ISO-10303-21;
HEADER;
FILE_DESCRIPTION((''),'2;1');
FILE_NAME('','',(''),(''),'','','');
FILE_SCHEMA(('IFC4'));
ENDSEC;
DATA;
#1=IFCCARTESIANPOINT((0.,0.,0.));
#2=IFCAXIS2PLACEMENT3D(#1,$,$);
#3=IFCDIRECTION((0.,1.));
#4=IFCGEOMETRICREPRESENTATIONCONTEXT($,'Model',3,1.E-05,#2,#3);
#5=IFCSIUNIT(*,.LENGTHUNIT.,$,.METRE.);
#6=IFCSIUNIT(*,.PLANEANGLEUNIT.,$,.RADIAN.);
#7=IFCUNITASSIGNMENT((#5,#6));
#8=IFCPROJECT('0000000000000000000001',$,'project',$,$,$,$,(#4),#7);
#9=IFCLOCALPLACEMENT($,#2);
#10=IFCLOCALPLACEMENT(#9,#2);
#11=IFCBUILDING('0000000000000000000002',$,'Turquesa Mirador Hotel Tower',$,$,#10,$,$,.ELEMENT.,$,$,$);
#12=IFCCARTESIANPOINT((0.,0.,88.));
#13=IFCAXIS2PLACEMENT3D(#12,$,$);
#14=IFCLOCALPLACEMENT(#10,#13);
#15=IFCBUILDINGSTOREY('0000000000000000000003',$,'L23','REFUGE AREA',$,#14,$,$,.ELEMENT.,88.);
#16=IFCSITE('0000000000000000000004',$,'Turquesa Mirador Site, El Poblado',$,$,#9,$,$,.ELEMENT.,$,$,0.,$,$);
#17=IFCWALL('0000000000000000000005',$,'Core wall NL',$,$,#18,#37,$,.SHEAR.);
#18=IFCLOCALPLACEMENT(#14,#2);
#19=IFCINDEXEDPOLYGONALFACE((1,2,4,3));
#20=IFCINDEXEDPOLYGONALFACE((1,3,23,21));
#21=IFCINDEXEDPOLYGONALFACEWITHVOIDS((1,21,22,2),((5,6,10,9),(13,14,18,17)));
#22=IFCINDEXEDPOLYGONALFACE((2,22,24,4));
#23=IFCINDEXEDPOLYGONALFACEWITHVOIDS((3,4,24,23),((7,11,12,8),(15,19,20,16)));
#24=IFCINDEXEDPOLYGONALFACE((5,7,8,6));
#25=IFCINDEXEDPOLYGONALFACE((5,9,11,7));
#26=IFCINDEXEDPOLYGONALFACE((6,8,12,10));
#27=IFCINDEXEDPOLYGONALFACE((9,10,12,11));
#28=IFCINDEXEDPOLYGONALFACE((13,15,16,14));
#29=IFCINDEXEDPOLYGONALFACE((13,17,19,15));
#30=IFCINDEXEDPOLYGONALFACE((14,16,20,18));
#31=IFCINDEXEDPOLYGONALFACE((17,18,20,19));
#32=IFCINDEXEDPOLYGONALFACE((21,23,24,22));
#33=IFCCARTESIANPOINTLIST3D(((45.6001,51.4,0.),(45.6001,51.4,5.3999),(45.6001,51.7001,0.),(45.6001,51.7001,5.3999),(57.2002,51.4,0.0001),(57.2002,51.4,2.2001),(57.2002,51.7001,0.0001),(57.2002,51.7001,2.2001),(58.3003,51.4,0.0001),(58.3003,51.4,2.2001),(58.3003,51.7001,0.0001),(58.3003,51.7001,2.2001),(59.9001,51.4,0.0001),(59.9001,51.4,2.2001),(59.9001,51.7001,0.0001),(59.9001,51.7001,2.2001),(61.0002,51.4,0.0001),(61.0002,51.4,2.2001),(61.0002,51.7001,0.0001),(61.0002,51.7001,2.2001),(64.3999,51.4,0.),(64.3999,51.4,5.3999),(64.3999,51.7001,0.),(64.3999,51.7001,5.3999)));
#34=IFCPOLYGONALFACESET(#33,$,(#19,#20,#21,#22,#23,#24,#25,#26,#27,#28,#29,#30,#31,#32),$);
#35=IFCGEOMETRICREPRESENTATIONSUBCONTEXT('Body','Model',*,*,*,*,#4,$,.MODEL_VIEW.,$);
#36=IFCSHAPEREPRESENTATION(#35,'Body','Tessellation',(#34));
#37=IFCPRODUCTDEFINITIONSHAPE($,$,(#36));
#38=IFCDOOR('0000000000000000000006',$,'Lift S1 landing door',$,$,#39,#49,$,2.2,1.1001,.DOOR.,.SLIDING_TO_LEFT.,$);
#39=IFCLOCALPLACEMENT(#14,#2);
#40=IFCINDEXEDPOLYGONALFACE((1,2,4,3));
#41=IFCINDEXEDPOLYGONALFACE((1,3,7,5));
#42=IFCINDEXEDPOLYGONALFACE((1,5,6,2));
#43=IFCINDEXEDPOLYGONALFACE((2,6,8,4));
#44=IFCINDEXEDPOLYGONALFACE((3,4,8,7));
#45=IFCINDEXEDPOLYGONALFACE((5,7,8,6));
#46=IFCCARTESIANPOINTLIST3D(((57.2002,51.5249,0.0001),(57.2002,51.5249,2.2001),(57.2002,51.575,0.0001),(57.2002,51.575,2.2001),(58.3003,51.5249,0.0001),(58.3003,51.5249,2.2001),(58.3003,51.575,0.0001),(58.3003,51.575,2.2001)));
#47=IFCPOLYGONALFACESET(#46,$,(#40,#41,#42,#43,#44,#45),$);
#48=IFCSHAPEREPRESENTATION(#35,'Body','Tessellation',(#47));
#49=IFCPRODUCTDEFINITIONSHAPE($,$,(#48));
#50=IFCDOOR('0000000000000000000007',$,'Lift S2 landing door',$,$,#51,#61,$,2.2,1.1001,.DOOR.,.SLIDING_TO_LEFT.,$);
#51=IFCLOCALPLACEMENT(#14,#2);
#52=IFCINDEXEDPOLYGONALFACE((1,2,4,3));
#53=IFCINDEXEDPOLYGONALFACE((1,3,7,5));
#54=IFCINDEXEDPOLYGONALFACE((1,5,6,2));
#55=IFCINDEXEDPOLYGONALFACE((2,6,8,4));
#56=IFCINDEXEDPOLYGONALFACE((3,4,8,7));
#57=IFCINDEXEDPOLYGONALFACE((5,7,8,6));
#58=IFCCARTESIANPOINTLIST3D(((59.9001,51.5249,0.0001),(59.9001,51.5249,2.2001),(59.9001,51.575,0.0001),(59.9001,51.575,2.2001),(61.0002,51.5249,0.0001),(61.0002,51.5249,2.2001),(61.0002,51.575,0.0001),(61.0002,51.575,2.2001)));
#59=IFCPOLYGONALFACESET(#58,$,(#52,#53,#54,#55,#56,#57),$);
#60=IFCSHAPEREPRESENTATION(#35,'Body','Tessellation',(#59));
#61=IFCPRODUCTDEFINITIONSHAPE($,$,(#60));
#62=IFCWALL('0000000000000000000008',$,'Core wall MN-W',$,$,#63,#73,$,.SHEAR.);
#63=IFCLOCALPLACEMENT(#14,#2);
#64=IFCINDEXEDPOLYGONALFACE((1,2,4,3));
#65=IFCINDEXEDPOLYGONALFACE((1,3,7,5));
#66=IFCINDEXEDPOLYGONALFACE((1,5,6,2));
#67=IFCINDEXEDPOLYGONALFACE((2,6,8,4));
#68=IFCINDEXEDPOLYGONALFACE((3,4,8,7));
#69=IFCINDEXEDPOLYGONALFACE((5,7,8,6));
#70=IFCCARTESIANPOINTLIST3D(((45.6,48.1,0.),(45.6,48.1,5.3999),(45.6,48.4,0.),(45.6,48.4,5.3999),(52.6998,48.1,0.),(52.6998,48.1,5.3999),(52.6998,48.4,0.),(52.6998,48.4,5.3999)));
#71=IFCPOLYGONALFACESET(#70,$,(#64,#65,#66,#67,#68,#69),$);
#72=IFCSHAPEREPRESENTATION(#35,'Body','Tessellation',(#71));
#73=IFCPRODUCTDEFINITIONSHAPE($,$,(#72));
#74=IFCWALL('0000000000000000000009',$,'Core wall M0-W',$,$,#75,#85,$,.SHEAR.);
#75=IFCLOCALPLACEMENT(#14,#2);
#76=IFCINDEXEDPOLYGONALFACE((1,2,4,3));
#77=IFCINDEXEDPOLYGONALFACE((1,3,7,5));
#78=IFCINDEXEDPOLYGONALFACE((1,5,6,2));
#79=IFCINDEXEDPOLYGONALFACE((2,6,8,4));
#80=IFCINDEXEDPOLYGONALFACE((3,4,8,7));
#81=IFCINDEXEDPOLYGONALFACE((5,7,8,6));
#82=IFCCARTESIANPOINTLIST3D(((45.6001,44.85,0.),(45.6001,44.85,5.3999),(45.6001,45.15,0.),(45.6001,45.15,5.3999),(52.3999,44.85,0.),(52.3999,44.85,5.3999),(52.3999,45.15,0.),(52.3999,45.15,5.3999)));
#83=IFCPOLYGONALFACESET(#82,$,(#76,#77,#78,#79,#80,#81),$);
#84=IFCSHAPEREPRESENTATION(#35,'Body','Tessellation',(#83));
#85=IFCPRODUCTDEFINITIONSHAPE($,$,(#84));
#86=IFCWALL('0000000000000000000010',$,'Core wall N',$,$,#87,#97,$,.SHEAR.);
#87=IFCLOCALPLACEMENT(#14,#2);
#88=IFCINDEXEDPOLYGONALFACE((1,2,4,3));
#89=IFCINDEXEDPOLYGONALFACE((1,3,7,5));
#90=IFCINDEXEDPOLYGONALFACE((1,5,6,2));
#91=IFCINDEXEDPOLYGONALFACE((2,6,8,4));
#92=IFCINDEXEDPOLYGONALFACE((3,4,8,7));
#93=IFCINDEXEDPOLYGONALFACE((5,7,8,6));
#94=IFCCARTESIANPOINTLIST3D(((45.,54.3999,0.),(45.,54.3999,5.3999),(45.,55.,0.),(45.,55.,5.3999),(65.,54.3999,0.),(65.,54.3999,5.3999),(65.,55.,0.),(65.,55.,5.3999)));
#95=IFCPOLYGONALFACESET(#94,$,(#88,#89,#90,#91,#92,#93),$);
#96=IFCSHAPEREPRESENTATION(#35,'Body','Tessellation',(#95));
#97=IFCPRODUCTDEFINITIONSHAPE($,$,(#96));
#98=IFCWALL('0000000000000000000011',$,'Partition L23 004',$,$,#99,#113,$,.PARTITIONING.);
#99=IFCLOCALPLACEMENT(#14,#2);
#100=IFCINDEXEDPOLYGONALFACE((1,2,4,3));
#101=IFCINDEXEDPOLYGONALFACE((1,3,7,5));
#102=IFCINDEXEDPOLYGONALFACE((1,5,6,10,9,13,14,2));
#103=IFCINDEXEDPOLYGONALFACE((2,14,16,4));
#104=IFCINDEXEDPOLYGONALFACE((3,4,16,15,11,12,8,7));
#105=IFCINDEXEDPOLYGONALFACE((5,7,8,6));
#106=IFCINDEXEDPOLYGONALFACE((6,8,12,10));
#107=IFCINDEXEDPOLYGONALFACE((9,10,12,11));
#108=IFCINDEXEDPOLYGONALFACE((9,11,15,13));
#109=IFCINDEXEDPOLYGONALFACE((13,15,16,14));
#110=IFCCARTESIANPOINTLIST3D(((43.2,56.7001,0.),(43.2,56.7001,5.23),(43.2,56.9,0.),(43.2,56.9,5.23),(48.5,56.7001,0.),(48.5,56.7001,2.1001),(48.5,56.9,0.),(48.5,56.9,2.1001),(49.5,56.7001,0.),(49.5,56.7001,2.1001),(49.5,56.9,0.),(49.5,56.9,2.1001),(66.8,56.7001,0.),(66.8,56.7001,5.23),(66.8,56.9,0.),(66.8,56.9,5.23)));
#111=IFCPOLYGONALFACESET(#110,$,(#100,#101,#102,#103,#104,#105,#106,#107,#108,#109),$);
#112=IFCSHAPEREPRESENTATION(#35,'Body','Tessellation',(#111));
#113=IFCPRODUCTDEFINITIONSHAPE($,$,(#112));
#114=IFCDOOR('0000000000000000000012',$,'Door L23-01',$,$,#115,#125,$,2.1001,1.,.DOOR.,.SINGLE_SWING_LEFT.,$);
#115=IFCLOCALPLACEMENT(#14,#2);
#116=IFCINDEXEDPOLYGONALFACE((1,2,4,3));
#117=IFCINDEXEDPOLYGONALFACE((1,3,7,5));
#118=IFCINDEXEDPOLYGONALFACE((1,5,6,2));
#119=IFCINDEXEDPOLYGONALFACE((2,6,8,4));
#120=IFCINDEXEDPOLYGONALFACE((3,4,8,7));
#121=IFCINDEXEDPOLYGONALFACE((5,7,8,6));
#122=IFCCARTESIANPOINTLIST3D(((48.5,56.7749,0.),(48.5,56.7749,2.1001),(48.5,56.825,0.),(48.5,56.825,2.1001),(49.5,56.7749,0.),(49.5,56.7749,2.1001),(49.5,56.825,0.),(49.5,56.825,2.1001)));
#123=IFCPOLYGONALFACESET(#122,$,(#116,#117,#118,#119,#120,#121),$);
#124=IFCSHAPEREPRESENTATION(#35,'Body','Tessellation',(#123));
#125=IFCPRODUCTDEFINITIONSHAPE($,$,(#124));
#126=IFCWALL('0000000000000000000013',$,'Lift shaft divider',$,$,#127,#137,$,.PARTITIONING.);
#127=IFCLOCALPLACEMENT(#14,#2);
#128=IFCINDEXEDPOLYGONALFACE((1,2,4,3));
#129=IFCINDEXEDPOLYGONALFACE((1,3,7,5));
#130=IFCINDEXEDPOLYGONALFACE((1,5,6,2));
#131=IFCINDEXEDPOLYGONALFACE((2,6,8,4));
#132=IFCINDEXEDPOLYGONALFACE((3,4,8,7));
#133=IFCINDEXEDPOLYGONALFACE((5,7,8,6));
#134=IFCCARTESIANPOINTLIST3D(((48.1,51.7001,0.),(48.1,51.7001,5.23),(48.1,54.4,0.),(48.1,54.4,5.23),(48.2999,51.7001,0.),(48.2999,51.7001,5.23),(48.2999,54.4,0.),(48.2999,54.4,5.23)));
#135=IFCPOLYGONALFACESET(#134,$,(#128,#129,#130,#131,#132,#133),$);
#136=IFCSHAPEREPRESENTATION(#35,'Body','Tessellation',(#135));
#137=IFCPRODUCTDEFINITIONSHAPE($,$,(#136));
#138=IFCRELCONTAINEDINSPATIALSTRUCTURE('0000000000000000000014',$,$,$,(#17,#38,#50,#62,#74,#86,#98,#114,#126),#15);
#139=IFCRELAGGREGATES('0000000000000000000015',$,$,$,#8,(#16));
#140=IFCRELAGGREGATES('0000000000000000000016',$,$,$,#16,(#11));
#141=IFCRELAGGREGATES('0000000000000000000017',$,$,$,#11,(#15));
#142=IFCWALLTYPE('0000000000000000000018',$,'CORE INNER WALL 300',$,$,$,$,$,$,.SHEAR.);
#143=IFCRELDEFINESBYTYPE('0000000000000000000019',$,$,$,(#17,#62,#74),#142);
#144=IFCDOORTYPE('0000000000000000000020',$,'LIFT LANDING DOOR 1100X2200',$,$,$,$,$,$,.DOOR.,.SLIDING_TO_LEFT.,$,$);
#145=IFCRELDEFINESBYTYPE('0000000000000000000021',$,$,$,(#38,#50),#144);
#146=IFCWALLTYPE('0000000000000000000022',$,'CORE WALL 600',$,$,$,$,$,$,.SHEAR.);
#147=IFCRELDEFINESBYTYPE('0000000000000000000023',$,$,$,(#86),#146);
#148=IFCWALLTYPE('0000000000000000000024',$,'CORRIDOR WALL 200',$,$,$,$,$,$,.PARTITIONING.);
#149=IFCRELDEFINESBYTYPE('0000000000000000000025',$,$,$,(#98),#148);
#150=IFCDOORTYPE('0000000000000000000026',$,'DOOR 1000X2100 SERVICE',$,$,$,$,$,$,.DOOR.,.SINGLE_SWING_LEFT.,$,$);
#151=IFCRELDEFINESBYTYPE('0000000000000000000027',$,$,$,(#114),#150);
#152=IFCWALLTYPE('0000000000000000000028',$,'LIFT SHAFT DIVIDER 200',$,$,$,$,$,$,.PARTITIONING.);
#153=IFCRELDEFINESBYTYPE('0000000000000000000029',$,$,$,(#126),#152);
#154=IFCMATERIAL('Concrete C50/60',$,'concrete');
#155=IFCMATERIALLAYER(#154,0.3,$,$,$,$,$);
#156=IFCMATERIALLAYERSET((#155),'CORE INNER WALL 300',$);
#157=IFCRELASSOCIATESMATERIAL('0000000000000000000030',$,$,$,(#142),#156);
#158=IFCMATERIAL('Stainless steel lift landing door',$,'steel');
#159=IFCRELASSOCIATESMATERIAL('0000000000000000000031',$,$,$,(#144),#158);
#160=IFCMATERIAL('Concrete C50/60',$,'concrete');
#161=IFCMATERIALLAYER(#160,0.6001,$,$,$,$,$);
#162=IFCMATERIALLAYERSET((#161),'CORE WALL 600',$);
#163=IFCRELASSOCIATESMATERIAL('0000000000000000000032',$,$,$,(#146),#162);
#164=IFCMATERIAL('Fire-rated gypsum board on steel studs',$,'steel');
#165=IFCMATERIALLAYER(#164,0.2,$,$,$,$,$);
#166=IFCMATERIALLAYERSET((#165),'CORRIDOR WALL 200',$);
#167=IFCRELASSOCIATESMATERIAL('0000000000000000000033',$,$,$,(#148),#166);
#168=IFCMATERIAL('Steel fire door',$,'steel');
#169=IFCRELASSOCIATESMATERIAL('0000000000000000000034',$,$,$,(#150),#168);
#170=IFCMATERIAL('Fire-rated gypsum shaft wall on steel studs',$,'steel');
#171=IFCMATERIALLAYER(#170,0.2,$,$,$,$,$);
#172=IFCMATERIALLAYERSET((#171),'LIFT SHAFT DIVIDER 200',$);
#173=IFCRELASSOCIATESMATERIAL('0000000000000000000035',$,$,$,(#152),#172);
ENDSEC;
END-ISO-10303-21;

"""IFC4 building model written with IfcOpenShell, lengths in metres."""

from ifc_helpers import new_model, si_unit, direction, frame, frame_2d, origin, place, context, subcontext, project, spatial, rectangle, extrude, material, layer, layer_set, type_object, element, fill, save


model = new_model("IFC4")

# Units and contexts
model_context = context("Model", 3, precision=1e-05, world=origin(), true_north=direction((0.0, 1.0)))
body_context = subcontext(model_context, "Body", "Model", "MODEL_VIEW")
ifc_project = project(units=[si_unit("LENGTHUNIT", "METRE"), si_unit("PLANEANGLEUNIT", "RADIAN")], contexts=[model_context])

# Site, building, storey
site_placement = place(None, origin())
site = spatial("IfcSite", under=ifc_project, at=site_placement, Name="Turquesa Mirador Site, El Poblado", CompositionType="ELEMENT", RefElevation=0.0)
building_placement = place(site_placement, origin())
building = spatial("IfcBuilding", under=site, at=building_placement, Name="Turquesa Mirador Hotel Tower", CompositionType="ELEMENT")
storey_placement = place(building_placement, frame((0.0, 0.0, 88.0)))
storey = spatial("IfcBuildingStorey", under=building, at=storey_placement, Name="L23", Description="REFUGE AREA", CompositionType="ELEMENT", Elevation=88.0)

# Wall, openings, doors
ifc_material_1 = material(Name="Concrete C50/60", Category="concrete")
ifc_layer_1 = layer(ifc_material_1, 0.3)
ifc_layer_set_1 = layer_set([ifc_layer_1], Name="CORE INNER WALL 300")
wall_type_1 = type_object("IfcWallType", Name="CORE INNER WALL 300", PredefinedType="SHEAR", material=ifc_layer_set_1)
wall_1_placement = place(storey_placement, frame((45.6001, 51.55, 0.0), z_axis=(0.0, 0.0, 1.0), x_axis=(1.0, 0.0, 0.0)))
wall_1 = element("IfcWall", 1, at=wall_1_placement, inside=storey, type_object=wall_type_1, Name="Core wall NL", PredefinedType="SHEAR", context=body_context, shape_type="SweptSolid", body=[
    extrude(rectangle(XDim=18.7998, YDim=0.3, at=frame_2d((9.3999, 0.0))), origin(), (0.0, 0.0, 1.0), 5.3999),
])
opening_1_placement = place(wall_1_placement, frame((11.6001, 0.0, 0.0)))
opening_1 = element("IfcOpeningElement", 2, at=opening_1_placement, cuts=wall_1, PredefinedType="OPENING", context=body_context, shape_type="SweptSolid", body=[
    extrude(rectangle(XDim=1.1001, YDim=2.2, at=frame_2d((0.55, 1.1001))), frame((0.0, 0.1599, 0.0), z_axis=(0.0, -1.0, 0.0), x_axis=(1.0, 0.0, 0.0)), (0.0, 0.0, 1.0), 0.3201),
])
opening_2_placement = place(wall_1_placement, frame((14.3, 0.0, 0.0)))
opening_2 = element("IfcOpeningElement", 3, at=opening_2_placement, cuts=wall_1, PredefinedType="OPENING", context=body_context, shape_type="SweptSolid", body=[
    extrude(rectangle(XDim=1.1001, YDim=2.2, at=frame_2d((0.55, 1.1001))), frame((0.0, 0.1599, 0.0), z_axis=(0.0, -1.0, 0.0), x_axis=(1.0, 0.0, 0.0)), (0.0, 0.0, 1.0), 0.3201),
])
ifc_material_2 = material(Name="Stainless steel lift landing door", Category="steel")
door_type_1 = type_object("IfcDoorType", Name="LIFT LANDING DOOR 1100X2200", OperationType="SLIDING_TO_LEFT", PredefinedType="DOOR", material=ifc_material_2)
door_1_placement = place(opening_1_placement, origin())
door_1 = element("IfcDoor", 4, at=door_1_placement, inside=storey, type_object=door_type_1, Name="Lift S1 landing door", OperationType="SLIDING_TO_LEFT", OverallHeight=2.2, OverallWidth=1.1001, PredefinedType="DOOR", context=body_context, shape_type="SweptSolid", body=[
    extrude(rectangle(XDim=1.1001, YDim=2.2, at=frame_2d((0.55, 1.1001))), frame((0.0, 0.0249, 0.0), z_axis=(0.0, -1.0, 0.0), x_axis=(1.0, 0.0, 0.0)), (0.0, 0.0, 1.0), 0.05),
])
fill(opening_1, door_1)
door_2_placement = place(opening_2_placement, origin())
door_2 = element("IfcDoor", 5, at=door_2_placement, inside=storey, type_object=door_type_1, Name="Lift S2 landing door", OperationType="SLIDING_TO_LEFT", OverallHeight=2.2, OverallWidth=1.1001, PredefinedType="DOOR", context=body_context, shape_type="SweptSolid", body=[
    extrude(rectangle(XDim=1.1001, YDim=2.2, at=frame_2d((0.55, 1.1001))), frame((0.0, 0.0249, 0.0), z_axis=(0.0, -1.0, 0.0), x_axis=(1.0, 0.0, 0.0)), (0.0, 0.0, 1.0), 0.05),
])
fill(opening_2, door_2)

# Walls
wall_2_placement = place(storey_placement, frame((45.6001, 48.25, 0.0), z_axis=(0.0, 0.0, 1.0), x_axis=(1.0, 0.0, 0.0)))
element("IfcWall", 6, at=wall_2_placement, inside=storey, type_object=wall_type_1, Name="Core wall MN-W", PredefinedType="SHEAR", context=body_context, shape_type="SweptSolid", body=[
    extrude(rectangle(XDim=7.0999, YDim=0.3, at=frame_2d((3.5498, 0.0))), origin(), (0.0, 0.0, 1.0), 5.3999),
])
wall_3_placement = place(storey_placement, frame((45.6001, 45.0, 0.0), z_axis=(0.0, 0.0, 1.0), x_axis=(1.0, 0.0, 0.0)))
element("IfcWall", 7, at=wall_3_placement, inside=storey, type_object=wall_type_1, Name="Core wall M0-W", PredefinedType="SHEAR", context=body_context, shape_type="SweptSolid", body=[
    extrude(rectangle(XDim=6.7998, YDim=0.3, at=frame_2d((3.3999, 0.0))), origin(), (0.0, 0.0, 1.0), 5.3999),
])
ifc_material_3 = material(Name="Concrete C50/60", Category="concrete")
ifc_layer_2 = layer(ifc_material_3, 0.6001)
ifc_layer_set_2 = layer_set([ifc_layer_2], Name="CORE WALL 600")
wall_type_2 = type_object("IfcWallType", Name="CORE WALL 600", PredefinedType="SHEAR", material=ifc_layer_set_2)
wall_4_placement = place(storey_placement, frame((45.0, 54.7, 0.0), z_axis=(0.0, 0.0, 1.0), x_axis=(1.0, 0.0, 0.0)))
element("IfcWall", 8, at=wall_4_placement, inside=storey, type_object=wall_type_2, Name="Core wall N", PredefinedType="SHEAR", context=body_context, shape_type="SweptSolid", body=[
    extrude(rectangle(XDim=20.0, YDim=0.6001, at=frame_2d((10.0, 0.0))), origin(), (0.0, 0.0, 1.0), 5.3999),
])

# Wall, opening, door
ifc_material_4 = material(Name="Fire-rated gypsum board on steel studs", Category="steel")
ifc_layer_3 = layer(ifc_material_4, 0.2)
ifc_layer_set_3 = layer_set([ifc_layer_3], Name="CORRIDOR WALL 200")
wall_type_3 = type_object("IfcWallType", Name="CORRIDOR WALL 200", PredefinedType="PARTITIONING", material=ifc_layer_set_3)
wall_5_placement = place(storey_placement, frame((43.2, 56.8, 0.0), z_axis=(0.0, 0.0, 1.0), x_axis=(1.0, 0.0, 0.0)))
wall_5 = element("IfcWall", 9, at=wall_5_placement, inside=storey, type_object=wall_type_3, Name="Partition L23 004", PredefinedType="PARTITIONING", context=body_context, shape_type="SweptSolid", body=[
    extrude(rectangle(XDim=23.6001, YDim=0.2, at=frame_2d((11.8, 0.0))), origin(), (0.0, 0.0, 1.0), 5.23),
])
opening_3_placement = place(wall_5_placement, frame((5.3, 0.0, 0.0)))
opening_3 = element("IfcOpeningElement", 10, at=opening_3_placement, cuts=wall_5, PredefinedType="OPENING", context=body_context, shape_type="SweptSolid", body=[
    extrude(rectangle(XDim=1.0, YDim=2.1001, at=frame_2d((0.5, 1.05))), frame((0.0, 0.1099, 0.0), z_axis=(0.0, -1.0, 0.0), x_axis=(1.0, 0.0, 0.0)), (0.0, 0.0, 1.0), 0.22),
])
ifc_material_5 = material(Name="Steel fire door", Category="steel")
door_type_2 = type_object("IfcDoorType", Name="DOOR 1000X2100 SERVICE", OperationType="SINGLE_SWING_LEFT", PredefinedType="DOOR", material=ifc_material_5)
door_3_placement = place(opening_3_placement, origin())
door_3 = element("IfcDoor", 11, at=door_3_placement, inside=storey, type_object=door_type_2, Name="Door L23-01", OperationType="SINGLE_SWING_LEFT", OverallHeight=2.1001, OverallWidth=1.0, PredefinedType="DOOR", context=body_context, shape_type="SweptSolid", body=[
    extrude(rectangle(XDim=1.0, YDim=2.1001, at=frame_2d((0.5, 1.05))), frame((0.0, 0.0249, 0.0), z_axis=(0.0, -1.0, 0.0), x_axis=(1.0, 0.0, 0.0)), (0.0, 0.0, 1.0), 0.05),
])
fill(opening_3, door_3)

# Wall
ifc_material_6 = material(Name="Fire-rated gypsum shaft wall on steel studs", Category="steel")
ifc_layer_4 = layer(ifc_material_6, 0.2)
ifc_layer_set_4 = layer_set([ifc_layer_4], Name="LIFT SHAFT DIVIDER 200")
wall_type_4 = type_object("IfcWallType", Name="LIFT SHAFT DIVIDER 200", PredefinedType="PARTITIONING", material=ifc_layer_set_4)
wall_6_placement = place(storey_placement, frame((48.2, 51.7, 0.0), z_axis=(0.0, 0.0, 1.0), x_axis=(0.0, 1.0, 0.0)))
element("IfcWall", 12, at=wall_6_placement, inside=storey, type_object=wall_type_4, Name="Lift shaft divider", PredefinedType="PARTITIONING", context=body_context, shape_type="SweptSolid", body=[
    extrude(rectangle(XDim=2.7, YDim=0.2, at=frame_2d((1.3501, 0.0))), origin(), (0.0, 0.0, 1.0), 5.23),
])

save(model, "model.ifc")
